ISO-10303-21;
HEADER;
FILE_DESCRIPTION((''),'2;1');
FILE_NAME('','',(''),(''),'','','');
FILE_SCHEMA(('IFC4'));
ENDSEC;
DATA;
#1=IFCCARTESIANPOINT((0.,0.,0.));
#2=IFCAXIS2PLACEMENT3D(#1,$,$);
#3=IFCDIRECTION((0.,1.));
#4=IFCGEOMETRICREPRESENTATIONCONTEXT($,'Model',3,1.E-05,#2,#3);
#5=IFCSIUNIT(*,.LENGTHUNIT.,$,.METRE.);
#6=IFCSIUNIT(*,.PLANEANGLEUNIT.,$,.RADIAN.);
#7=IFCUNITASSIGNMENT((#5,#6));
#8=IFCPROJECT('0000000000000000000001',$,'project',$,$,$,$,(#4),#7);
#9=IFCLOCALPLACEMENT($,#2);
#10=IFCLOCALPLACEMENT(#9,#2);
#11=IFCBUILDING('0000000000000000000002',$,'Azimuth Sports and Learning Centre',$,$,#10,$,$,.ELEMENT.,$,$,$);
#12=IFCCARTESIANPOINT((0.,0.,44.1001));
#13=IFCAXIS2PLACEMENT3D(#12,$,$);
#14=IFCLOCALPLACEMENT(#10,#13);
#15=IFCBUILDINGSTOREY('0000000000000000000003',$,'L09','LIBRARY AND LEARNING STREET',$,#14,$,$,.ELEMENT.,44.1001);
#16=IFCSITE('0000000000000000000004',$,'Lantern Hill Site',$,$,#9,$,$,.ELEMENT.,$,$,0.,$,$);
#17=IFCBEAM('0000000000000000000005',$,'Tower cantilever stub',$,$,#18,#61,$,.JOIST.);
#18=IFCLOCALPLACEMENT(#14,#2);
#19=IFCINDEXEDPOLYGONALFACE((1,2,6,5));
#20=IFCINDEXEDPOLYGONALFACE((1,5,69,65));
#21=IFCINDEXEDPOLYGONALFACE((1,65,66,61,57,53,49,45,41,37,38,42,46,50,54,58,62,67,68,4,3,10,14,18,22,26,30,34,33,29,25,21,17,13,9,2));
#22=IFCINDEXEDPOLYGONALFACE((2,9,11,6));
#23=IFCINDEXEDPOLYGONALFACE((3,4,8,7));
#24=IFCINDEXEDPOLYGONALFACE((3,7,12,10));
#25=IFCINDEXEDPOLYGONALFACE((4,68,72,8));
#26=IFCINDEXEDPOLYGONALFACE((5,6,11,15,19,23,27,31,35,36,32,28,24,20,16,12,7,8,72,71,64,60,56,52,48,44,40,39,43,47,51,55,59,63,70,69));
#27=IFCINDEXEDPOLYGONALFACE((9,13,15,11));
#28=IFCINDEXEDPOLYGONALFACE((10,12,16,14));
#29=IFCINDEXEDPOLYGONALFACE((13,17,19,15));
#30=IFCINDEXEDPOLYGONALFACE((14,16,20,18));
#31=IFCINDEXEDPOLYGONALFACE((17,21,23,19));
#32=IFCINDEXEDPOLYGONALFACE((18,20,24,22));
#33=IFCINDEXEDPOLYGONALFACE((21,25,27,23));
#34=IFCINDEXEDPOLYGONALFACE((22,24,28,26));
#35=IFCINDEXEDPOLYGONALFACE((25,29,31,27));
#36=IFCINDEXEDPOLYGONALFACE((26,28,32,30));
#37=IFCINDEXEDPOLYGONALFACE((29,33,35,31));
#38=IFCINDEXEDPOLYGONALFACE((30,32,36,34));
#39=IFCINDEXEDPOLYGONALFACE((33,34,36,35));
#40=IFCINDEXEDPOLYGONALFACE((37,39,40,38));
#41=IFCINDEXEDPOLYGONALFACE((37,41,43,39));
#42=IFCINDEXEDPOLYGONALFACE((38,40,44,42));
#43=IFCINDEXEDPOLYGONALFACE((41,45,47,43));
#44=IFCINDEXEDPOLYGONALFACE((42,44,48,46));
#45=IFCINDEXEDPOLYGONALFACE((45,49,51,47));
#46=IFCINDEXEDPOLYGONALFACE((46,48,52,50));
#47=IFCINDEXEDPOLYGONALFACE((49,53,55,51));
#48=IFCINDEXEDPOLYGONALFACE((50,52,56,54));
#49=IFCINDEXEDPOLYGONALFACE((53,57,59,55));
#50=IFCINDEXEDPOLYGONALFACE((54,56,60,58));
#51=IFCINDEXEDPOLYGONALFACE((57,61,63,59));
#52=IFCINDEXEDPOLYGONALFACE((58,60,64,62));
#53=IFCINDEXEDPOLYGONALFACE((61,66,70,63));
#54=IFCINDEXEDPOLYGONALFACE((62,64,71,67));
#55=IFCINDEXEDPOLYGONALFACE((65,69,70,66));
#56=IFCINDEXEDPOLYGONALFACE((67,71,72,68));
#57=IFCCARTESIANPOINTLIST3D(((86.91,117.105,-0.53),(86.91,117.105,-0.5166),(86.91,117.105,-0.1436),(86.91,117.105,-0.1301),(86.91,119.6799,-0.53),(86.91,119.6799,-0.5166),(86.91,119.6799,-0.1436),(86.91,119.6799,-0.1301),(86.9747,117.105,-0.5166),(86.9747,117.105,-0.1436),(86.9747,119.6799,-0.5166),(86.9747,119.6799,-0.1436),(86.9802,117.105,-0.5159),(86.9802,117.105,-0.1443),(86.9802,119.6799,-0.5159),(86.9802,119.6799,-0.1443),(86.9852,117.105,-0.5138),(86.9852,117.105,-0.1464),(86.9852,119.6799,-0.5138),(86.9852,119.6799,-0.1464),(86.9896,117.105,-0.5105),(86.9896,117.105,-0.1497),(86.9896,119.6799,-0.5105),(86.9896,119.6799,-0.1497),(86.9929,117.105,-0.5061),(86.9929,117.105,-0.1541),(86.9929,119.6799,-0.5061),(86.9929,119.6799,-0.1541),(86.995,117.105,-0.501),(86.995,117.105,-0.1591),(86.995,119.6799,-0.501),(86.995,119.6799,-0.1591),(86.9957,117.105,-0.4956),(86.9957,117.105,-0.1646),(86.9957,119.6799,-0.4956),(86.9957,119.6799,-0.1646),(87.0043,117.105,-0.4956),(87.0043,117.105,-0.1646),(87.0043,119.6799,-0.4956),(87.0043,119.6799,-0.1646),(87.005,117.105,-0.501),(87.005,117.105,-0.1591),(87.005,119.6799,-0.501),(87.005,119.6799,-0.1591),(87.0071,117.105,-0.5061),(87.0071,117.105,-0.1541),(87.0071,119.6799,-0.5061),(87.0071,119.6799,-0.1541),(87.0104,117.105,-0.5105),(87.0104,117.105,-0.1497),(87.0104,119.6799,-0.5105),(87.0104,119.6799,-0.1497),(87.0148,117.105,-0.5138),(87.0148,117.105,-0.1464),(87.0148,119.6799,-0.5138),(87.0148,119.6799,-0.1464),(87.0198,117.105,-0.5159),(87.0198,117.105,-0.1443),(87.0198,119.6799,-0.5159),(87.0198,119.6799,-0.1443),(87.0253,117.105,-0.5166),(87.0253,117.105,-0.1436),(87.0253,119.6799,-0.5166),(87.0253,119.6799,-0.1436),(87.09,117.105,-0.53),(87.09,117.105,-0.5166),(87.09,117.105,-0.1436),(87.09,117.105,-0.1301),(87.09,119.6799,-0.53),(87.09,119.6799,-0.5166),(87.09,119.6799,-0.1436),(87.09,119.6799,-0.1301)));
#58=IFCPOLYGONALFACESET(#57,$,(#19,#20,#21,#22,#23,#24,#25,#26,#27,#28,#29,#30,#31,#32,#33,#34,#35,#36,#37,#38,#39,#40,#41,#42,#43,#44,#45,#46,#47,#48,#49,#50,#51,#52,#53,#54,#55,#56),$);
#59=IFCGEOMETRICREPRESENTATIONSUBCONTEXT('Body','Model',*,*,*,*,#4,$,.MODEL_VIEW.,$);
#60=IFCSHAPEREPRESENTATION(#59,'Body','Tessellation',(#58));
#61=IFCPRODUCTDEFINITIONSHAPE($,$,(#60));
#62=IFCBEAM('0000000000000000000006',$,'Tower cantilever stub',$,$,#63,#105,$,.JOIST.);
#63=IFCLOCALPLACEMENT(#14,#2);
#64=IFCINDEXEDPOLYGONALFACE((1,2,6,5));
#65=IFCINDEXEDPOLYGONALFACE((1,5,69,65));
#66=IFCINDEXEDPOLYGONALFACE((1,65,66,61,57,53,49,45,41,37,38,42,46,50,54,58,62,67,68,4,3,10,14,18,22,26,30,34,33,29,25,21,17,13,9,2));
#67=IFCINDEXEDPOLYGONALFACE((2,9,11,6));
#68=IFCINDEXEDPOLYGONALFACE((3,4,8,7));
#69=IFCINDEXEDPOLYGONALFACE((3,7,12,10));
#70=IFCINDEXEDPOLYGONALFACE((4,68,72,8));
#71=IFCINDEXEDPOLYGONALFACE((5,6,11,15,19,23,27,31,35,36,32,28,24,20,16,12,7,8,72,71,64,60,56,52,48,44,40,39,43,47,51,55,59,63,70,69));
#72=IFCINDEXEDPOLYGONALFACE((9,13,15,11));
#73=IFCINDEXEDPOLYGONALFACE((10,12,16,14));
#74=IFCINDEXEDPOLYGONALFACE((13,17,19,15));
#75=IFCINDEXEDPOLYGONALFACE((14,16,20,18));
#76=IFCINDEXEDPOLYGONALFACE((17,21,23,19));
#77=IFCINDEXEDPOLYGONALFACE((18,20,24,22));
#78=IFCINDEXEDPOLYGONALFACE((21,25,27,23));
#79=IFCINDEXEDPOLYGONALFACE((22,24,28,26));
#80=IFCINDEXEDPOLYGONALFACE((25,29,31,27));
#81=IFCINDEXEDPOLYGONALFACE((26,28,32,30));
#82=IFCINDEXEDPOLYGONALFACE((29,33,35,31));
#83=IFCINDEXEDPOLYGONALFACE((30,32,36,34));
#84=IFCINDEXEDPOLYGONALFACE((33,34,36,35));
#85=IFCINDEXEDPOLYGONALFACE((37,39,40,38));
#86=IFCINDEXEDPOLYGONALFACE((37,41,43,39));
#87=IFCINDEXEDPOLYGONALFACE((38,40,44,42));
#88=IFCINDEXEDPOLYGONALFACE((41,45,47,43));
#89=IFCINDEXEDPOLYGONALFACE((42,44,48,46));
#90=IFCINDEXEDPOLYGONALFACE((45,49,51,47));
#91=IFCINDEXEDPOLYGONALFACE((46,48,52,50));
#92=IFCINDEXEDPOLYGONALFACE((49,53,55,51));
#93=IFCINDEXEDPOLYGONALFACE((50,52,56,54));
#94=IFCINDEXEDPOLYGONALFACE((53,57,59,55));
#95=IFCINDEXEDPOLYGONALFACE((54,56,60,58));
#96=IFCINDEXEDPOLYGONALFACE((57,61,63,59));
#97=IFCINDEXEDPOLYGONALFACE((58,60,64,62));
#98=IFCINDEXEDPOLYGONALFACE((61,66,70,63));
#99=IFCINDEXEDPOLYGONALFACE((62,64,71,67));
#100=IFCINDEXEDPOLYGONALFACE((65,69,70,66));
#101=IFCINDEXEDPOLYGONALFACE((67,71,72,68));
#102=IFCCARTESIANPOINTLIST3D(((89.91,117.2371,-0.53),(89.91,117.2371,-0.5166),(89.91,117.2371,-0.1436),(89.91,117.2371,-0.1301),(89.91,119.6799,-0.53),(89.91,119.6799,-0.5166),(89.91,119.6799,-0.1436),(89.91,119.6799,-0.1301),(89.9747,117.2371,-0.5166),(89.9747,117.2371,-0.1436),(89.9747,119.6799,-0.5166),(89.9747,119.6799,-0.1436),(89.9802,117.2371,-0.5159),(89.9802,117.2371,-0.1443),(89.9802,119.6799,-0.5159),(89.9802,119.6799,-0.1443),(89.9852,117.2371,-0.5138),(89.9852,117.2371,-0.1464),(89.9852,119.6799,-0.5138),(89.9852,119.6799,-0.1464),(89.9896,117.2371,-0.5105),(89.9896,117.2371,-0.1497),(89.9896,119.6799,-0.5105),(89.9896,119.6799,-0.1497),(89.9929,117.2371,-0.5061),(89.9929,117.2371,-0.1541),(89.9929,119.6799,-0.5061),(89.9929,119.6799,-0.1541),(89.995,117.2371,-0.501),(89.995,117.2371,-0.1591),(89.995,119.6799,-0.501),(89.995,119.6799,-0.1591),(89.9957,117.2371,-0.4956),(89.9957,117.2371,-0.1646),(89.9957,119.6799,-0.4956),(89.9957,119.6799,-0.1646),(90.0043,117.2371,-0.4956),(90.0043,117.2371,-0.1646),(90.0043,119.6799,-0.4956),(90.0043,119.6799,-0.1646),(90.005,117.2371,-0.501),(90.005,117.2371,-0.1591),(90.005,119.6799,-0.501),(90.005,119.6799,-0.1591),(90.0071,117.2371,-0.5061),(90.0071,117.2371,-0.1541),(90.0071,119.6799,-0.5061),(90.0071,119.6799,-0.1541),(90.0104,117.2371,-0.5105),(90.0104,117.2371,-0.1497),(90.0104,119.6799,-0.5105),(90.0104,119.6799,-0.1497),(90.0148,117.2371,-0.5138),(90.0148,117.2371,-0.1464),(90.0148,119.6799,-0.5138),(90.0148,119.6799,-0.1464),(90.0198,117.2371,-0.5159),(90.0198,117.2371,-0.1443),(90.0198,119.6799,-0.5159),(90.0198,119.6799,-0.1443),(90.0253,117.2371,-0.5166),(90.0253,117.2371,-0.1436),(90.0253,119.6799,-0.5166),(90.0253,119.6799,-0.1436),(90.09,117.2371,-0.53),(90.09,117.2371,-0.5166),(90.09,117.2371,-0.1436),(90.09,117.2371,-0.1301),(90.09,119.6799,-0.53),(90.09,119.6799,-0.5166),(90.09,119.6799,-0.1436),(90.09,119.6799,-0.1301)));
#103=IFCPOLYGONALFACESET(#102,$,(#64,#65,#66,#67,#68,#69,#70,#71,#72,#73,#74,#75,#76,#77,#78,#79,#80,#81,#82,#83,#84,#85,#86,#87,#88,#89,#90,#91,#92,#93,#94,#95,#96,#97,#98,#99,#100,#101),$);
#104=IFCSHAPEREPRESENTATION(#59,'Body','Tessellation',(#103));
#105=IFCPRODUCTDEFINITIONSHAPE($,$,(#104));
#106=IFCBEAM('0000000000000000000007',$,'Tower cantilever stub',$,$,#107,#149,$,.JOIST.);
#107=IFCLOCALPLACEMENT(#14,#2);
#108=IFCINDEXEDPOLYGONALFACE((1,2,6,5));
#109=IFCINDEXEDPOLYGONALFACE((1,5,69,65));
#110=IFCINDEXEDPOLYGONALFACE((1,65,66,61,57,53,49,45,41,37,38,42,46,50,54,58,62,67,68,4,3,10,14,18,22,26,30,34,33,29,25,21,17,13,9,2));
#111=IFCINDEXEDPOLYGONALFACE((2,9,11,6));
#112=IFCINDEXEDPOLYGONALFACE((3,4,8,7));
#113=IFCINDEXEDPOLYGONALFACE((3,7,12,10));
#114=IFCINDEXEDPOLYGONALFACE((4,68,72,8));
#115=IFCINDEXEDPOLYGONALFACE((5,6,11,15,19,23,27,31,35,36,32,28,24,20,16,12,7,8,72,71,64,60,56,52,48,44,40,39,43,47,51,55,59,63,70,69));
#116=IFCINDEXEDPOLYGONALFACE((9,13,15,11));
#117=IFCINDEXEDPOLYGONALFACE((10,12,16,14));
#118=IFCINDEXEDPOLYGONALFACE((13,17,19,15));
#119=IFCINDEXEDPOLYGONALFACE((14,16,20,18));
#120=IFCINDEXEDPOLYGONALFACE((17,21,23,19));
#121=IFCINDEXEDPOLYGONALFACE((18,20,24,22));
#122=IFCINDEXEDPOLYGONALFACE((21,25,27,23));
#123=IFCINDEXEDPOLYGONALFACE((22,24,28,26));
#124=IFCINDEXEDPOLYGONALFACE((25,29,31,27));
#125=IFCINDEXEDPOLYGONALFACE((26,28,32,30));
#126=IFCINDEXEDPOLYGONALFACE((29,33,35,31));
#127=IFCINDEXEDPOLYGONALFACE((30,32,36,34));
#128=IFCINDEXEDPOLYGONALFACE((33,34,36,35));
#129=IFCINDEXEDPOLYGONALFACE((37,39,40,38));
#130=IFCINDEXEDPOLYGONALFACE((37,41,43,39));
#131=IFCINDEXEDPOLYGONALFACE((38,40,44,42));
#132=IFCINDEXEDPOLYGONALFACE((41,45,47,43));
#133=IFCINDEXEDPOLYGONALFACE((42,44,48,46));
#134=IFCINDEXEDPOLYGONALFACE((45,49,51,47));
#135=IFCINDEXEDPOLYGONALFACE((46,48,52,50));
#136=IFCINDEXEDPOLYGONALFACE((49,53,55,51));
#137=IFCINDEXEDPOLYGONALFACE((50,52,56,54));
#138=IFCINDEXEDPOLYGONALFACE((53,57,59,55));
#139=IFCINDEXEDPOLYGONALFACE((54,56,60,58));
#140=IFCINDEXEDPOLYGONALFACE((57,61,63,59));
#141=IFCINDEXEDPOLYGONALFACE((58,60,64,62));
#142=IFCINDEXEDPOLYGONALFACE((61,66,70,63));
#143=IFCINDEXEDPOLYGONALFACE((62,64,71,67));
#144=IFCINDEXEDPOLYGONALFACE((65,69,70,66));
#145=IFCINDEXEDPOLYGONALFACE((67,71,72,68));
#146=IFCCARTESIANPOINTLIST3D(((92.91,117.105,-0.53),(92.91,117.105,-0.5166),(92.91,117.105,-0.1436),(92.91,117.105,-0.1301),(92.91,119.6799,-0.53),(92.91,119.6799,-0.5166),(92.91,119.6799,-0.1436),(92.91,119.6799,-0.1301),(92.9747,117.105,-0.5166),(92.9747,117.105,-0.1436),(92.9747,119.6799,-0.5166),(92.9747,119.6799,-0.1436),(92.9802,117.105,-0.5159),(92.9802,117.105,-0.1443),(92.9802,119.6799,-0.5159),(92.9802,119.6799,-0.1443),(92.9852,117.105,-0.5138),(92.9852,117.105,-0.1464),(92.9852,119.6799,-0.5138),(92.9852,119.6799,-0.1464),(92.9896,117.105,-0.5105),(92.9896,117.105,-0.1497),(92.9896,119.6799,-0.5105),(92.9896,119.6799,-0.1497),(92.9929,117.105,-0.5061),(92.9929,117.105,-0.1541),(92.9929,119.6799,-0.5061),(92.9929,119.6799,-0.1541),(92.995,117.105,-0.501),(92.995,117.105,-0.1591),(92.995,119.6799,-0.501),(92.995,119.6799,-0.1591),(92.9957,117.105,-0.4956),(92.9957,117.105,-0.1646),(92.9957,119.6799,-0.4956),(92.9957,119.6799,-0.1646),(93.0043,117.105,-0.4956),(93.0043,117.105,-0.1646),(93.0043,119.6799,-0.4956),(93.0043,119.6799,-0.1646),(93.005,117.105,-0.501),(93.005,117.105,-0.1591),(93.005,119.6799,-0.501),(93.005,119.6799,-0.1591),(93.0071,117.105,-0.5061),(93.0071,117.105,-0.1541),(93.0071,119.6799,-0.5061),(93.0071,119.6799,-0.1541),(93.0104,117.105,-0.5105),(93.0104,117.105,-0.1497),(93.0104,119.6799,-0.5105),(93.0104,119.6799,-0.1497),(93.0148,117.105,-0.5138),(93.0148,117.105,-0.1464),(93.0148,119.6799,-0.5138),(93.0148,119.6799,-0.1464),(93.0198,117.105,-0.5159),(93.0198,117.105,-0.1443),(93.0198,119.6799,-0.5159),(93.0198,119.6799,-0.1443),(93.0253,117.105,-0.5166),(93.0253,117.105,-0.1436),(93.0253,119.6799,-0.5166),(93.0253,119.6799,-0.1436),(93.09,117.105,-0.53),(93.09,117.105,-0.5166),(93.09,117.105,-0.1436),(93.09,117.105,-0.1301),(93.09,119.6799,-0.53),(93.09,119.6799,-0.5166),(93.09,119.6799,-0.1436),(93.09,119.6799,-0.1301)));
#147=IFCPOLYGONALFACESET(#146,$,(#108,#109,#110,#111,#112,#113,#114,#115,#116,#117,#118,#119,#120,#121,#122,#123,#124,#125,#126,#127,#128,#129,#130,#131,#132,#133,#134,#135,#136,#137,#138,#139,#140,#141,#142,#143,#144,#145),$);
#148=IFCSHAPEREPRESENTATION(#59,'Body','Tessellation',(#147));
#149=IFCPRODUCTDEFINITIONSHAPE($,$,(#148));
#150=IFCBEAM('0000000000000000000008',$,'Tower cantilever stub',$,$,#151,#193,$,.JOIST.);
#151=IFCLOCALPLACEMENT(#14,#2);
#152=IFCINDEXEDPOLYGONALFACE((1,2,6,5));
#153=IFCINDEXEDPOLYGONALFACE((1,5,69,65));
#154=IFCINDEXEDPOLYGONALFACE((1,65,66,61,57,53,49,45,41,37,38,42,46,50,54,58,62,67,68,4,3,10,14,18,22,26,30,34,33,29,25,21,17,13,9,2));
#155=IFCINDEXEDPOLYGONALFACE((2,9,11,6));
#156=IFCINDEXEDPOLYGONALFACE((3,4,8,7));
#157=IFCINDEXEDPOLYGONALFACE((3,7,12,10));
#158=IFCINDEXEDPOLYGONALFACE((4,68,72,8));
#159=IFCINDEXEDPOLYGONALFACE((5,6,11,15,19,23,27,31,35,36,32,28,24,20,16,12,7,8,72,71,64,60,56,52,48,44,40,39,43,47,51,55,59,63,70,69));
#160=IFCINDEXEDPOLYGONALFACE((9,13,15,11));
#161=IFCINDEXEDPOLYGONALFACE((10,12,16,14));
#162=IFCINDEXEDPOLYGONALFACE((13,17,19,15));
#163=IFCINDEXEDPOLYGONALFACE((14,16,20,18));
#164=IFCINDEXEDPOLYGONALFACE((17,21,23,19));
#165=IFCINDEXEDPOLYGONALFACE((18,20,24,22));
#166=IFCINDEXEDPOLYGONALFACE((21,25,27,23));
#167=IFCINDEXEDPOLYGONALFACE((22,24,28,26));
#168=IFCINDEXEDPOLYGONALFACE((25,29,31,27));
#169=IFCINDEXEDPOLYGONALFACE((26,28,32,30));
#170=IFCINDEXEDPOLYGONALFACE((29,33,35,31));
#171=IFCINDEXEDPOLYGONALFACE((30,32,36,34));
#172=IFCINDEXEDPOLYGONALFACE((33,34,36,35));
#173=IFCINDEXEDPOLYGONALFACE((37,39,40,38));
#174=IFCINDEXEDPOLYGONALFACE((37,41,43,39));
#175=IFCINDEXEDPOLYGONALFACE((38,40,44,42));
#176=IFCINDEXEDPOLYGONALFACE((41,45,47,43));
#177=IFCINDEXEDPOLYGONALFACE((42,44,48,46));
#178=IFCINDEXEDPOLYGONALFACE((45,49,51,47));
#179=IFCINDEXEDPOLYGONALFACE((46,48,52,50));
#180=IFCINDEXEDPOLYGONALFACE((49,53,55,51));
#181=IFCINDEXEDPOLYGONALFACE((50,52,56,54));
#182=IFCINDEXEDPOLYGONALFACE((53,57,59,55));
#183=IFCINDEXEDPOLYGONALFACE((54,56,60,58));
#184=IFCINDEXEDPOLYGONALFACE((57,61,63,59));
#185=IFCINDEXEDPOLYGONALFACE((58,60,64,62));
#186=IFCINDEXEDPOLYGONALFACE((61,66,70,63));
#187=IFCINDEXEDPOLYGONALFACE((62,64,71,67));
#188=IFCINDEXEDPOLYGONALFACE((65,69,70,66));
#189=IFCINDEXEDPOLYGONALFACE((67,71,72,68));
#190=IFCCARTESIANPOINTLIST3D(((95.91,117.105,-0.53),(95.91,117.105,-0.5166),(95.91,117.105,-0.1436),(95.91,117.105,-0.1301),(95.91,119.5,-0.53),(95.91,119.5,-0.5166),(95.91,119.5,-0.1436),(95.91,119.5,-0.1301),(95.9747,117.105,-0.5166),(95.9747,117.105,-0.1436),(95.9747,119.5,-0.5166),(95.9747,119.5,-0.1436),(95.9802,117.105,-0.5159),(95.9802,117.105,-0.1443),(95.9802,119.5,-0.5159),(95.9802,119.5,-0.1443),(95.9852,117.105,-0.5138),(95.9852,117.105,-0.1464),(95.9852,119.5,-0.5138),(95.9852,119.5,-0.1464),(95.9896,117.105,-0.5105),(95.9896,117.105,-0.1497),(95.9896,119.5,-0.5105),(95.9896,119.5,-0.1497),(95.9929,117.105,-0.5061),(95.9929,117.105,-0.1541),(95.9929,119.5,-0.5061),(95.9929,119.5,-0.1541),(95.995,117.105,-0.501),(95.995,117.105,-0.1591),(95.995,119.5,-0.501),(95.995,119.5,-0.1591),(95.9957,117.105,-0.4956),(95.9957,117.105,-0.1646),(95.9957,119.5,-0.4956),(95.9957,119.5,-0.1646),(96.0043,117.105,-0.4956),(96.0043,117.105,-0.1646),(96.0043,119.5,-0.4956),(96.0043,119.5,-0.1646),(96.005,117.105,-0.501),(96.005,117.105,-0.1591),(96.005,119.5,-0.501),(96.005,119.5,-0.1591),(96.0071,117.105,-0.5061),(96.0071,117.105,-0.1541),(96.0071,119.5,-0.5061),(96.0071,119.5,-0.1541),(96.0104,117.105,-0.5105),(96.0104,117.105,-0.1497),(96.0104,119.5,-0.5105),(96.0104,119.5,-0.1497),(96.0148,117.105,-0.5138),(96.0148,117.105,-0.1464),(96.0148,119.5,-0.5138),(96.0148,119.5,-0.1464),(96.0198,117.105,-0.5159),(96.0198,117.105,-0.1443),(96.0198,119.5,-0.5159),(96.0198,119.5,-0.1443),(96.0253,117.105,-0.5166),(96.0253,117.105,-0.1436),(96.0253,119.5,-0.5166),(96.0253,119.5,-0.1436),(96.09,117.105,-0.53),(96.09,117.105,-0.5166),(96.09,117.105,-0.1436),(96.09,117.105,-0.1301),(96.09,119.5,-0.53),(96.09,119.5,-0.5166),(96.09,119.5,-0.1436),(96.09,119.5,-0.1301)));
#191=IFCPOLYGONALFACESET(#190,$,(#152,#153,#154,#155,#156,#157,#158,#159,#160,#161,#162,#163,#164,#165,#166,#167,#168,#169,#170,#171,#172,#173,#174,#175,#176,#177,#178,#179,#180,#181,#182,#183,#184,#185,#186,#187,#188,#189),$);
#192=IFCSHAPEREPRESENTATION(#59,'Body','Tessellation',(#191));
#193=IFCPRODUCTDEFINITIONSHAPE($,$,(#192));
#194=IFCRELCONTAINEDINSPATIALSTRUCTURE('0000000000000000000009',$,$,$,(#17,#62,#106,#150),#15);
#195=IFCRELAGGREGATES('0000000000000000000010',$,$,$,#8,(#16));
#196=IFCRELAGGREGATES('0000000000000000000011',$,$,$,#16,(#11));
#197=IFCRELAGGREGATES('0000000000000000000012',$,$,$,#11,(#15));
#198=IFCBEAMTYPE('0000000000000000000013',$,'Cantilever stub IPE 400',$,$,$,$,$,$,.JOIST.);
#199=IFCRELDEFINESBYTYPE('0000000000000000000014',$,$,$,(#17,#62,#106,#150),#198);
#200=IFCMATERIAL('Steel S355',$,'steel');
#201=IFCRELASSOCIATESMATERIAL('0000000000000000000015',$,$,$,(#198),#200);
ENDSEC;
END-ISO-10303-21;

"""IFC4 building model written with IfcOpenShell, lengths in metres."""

from ifc_helpers import new_model, si_unit, direction, frame, origin, origin_2d, place, context, subcontext, project, spatial, i_section, extrude, material, material_profile, profile_set, type_object, element, save


model = new_model("IFC4")

# Units and contexts
model_context = context("Model", 3, precision=1e-05, world=origin(), true_north=direction((0.0, 1.0)))
body_context = subcontext(model_context, "Body", "Model", "MODEL_VIEW")
ifc_project = project(units=[si_unit("LENGTHUNIT", "METRE"), si_unit("PLANEANGLEUNIT", "RADIAN")], contexts=[model_context])

# Site, building, storey
site_placement = place(None, origin())
site = spatial("IfcSite", under=ifc_project, at=site_placement, Name="Lantern Hill Site", CompositionType="ELEMENT", RefElevation=0.0)
building_placement = place(site_placement, origin())
building = spatial("IfcBuilding", under=site, at=building_placement, Name="Azimuth Sports and Learning Centre", CompositionType="ELEMENT")
storey_placement = place(building_placement, frame((0.0, 0.0, 44.1001)))
storey = spatial("IfcBuildingStorey", under=building, at=storey_placement, Name="L09", Description="LIBRARY AND LEARNING STREET", CompositionType="ELEMENT", Elevation=44.1001)

# Beams
ifc_material_1 = material(Name="Steel S355", Category="steel")
ifc_material_profile_1 = material_profile(ifc_material_1, i_section(OverallWidth=0.1799, OverallDepth=0.3999, WebThickness=0.0085, FlangeThickness=0.0134, FilletRadius=0.021, at=origin_2d()), Name="IPE 400")
ifc_profile_set_1 = profile_set([ifc_material_profile_1], Name="Steel S355")
beam_type_1 = type_object("IfcBeamType", Name="Cantilever stub IPE 400", PredefinedType="JOIST", material=ifc_profile_set_1)
beam_1_placement = place(storey_placement, frame((87.0, 117.105, -0.3301), z_axis=(0.0, 1.0, 0.0), x_axis=(-1.0, 0.0, 0.0)))
element("IfcBeam", 1, at=beam_1_placement, inside=storey, type_object=beam_type_1, Name="Tower cantilever stub", PredefinedType="JOIST", context=body_context, shape_type="SweptSolid", body=[
    extrude(i_section(OverallWidth=0.1799, OverallDepth=0.3999, WebThickness=0.0085, FlangeThickness=0.0134, FilletRadius=0.021, at=origin_2d()), origin(), (0.0, 0.0, 1.0), 2.575),
])
beam_2_placement = place(storey_placement, frame((90.0, 117.2371, -0.3301), z_axis=(0.0, 1.0, 0.0), x_axis=(-1.0, 0.0, 0.0)))
element("IfcBeam", 2, at=beam_2_placement, inside=storey, type_object=beam_type_1, Name="Tower cantilever stub", PredefinedType="JOIST", context=body_context, shape_type="SweptSolid", body=[
    extrude(i_section(OverallWidth=0.1799, OverallDepth=0.3999, WebThickness=0.0085, FlangeThickness=0.0134, FilletRadius=0.021, at=origin_2d()), origin(), (0.0, 0.0, 1.0), 2.4429),
])
beam_3_placement = place(storey_placement, frame((93.0, 117.105, -0.3301), z_axis=(0.0, 1.0, 0.0), x_axis=(-1.0, 0.0, 0.0)))
element("IfcBeam", 3, at=beam_3_placement, inside=storey, type_object=beam_type_1, Name="Tower cantilever stub", PredefinedType="JOIST", context=body_context, shape_type="SweptSolid", body=[
    extrude(i_section(OverallWidth=0.1799, OverallDepth=0.3999, WebThickness=0.0085, FlangeThickness=0.0134, FilletRadius=0.021, at=origin_2d()), origin(), (0.0, 0.0, 1.0), 2.575),
])
beam_4_placement = place(storey_placement, frame((96.0, 117.105, -0.3301), z_axis=(0.0, 1.0, 0.0), x_axis=(-1.0, 0.0, 0.0)))
element("IfcBeam", 4, at=beam_4_placement, inside=storey, type_object=beam_type_1, Name="Tower cantilever stub", PredefinedType="JOIST", context=body_context, shape_type="SweptSolid", body=[
    extrude(i_section(OverallWidth=0.1799, OverallDepth=0.3999, WebThickness=0.0085, FlangeThickness=0.0134, FilletRadius=0.021, at=origin_2d()), origin(), (0.0, 0.0, 1.0), 2.395),
])

save(model, "model.ifc")
